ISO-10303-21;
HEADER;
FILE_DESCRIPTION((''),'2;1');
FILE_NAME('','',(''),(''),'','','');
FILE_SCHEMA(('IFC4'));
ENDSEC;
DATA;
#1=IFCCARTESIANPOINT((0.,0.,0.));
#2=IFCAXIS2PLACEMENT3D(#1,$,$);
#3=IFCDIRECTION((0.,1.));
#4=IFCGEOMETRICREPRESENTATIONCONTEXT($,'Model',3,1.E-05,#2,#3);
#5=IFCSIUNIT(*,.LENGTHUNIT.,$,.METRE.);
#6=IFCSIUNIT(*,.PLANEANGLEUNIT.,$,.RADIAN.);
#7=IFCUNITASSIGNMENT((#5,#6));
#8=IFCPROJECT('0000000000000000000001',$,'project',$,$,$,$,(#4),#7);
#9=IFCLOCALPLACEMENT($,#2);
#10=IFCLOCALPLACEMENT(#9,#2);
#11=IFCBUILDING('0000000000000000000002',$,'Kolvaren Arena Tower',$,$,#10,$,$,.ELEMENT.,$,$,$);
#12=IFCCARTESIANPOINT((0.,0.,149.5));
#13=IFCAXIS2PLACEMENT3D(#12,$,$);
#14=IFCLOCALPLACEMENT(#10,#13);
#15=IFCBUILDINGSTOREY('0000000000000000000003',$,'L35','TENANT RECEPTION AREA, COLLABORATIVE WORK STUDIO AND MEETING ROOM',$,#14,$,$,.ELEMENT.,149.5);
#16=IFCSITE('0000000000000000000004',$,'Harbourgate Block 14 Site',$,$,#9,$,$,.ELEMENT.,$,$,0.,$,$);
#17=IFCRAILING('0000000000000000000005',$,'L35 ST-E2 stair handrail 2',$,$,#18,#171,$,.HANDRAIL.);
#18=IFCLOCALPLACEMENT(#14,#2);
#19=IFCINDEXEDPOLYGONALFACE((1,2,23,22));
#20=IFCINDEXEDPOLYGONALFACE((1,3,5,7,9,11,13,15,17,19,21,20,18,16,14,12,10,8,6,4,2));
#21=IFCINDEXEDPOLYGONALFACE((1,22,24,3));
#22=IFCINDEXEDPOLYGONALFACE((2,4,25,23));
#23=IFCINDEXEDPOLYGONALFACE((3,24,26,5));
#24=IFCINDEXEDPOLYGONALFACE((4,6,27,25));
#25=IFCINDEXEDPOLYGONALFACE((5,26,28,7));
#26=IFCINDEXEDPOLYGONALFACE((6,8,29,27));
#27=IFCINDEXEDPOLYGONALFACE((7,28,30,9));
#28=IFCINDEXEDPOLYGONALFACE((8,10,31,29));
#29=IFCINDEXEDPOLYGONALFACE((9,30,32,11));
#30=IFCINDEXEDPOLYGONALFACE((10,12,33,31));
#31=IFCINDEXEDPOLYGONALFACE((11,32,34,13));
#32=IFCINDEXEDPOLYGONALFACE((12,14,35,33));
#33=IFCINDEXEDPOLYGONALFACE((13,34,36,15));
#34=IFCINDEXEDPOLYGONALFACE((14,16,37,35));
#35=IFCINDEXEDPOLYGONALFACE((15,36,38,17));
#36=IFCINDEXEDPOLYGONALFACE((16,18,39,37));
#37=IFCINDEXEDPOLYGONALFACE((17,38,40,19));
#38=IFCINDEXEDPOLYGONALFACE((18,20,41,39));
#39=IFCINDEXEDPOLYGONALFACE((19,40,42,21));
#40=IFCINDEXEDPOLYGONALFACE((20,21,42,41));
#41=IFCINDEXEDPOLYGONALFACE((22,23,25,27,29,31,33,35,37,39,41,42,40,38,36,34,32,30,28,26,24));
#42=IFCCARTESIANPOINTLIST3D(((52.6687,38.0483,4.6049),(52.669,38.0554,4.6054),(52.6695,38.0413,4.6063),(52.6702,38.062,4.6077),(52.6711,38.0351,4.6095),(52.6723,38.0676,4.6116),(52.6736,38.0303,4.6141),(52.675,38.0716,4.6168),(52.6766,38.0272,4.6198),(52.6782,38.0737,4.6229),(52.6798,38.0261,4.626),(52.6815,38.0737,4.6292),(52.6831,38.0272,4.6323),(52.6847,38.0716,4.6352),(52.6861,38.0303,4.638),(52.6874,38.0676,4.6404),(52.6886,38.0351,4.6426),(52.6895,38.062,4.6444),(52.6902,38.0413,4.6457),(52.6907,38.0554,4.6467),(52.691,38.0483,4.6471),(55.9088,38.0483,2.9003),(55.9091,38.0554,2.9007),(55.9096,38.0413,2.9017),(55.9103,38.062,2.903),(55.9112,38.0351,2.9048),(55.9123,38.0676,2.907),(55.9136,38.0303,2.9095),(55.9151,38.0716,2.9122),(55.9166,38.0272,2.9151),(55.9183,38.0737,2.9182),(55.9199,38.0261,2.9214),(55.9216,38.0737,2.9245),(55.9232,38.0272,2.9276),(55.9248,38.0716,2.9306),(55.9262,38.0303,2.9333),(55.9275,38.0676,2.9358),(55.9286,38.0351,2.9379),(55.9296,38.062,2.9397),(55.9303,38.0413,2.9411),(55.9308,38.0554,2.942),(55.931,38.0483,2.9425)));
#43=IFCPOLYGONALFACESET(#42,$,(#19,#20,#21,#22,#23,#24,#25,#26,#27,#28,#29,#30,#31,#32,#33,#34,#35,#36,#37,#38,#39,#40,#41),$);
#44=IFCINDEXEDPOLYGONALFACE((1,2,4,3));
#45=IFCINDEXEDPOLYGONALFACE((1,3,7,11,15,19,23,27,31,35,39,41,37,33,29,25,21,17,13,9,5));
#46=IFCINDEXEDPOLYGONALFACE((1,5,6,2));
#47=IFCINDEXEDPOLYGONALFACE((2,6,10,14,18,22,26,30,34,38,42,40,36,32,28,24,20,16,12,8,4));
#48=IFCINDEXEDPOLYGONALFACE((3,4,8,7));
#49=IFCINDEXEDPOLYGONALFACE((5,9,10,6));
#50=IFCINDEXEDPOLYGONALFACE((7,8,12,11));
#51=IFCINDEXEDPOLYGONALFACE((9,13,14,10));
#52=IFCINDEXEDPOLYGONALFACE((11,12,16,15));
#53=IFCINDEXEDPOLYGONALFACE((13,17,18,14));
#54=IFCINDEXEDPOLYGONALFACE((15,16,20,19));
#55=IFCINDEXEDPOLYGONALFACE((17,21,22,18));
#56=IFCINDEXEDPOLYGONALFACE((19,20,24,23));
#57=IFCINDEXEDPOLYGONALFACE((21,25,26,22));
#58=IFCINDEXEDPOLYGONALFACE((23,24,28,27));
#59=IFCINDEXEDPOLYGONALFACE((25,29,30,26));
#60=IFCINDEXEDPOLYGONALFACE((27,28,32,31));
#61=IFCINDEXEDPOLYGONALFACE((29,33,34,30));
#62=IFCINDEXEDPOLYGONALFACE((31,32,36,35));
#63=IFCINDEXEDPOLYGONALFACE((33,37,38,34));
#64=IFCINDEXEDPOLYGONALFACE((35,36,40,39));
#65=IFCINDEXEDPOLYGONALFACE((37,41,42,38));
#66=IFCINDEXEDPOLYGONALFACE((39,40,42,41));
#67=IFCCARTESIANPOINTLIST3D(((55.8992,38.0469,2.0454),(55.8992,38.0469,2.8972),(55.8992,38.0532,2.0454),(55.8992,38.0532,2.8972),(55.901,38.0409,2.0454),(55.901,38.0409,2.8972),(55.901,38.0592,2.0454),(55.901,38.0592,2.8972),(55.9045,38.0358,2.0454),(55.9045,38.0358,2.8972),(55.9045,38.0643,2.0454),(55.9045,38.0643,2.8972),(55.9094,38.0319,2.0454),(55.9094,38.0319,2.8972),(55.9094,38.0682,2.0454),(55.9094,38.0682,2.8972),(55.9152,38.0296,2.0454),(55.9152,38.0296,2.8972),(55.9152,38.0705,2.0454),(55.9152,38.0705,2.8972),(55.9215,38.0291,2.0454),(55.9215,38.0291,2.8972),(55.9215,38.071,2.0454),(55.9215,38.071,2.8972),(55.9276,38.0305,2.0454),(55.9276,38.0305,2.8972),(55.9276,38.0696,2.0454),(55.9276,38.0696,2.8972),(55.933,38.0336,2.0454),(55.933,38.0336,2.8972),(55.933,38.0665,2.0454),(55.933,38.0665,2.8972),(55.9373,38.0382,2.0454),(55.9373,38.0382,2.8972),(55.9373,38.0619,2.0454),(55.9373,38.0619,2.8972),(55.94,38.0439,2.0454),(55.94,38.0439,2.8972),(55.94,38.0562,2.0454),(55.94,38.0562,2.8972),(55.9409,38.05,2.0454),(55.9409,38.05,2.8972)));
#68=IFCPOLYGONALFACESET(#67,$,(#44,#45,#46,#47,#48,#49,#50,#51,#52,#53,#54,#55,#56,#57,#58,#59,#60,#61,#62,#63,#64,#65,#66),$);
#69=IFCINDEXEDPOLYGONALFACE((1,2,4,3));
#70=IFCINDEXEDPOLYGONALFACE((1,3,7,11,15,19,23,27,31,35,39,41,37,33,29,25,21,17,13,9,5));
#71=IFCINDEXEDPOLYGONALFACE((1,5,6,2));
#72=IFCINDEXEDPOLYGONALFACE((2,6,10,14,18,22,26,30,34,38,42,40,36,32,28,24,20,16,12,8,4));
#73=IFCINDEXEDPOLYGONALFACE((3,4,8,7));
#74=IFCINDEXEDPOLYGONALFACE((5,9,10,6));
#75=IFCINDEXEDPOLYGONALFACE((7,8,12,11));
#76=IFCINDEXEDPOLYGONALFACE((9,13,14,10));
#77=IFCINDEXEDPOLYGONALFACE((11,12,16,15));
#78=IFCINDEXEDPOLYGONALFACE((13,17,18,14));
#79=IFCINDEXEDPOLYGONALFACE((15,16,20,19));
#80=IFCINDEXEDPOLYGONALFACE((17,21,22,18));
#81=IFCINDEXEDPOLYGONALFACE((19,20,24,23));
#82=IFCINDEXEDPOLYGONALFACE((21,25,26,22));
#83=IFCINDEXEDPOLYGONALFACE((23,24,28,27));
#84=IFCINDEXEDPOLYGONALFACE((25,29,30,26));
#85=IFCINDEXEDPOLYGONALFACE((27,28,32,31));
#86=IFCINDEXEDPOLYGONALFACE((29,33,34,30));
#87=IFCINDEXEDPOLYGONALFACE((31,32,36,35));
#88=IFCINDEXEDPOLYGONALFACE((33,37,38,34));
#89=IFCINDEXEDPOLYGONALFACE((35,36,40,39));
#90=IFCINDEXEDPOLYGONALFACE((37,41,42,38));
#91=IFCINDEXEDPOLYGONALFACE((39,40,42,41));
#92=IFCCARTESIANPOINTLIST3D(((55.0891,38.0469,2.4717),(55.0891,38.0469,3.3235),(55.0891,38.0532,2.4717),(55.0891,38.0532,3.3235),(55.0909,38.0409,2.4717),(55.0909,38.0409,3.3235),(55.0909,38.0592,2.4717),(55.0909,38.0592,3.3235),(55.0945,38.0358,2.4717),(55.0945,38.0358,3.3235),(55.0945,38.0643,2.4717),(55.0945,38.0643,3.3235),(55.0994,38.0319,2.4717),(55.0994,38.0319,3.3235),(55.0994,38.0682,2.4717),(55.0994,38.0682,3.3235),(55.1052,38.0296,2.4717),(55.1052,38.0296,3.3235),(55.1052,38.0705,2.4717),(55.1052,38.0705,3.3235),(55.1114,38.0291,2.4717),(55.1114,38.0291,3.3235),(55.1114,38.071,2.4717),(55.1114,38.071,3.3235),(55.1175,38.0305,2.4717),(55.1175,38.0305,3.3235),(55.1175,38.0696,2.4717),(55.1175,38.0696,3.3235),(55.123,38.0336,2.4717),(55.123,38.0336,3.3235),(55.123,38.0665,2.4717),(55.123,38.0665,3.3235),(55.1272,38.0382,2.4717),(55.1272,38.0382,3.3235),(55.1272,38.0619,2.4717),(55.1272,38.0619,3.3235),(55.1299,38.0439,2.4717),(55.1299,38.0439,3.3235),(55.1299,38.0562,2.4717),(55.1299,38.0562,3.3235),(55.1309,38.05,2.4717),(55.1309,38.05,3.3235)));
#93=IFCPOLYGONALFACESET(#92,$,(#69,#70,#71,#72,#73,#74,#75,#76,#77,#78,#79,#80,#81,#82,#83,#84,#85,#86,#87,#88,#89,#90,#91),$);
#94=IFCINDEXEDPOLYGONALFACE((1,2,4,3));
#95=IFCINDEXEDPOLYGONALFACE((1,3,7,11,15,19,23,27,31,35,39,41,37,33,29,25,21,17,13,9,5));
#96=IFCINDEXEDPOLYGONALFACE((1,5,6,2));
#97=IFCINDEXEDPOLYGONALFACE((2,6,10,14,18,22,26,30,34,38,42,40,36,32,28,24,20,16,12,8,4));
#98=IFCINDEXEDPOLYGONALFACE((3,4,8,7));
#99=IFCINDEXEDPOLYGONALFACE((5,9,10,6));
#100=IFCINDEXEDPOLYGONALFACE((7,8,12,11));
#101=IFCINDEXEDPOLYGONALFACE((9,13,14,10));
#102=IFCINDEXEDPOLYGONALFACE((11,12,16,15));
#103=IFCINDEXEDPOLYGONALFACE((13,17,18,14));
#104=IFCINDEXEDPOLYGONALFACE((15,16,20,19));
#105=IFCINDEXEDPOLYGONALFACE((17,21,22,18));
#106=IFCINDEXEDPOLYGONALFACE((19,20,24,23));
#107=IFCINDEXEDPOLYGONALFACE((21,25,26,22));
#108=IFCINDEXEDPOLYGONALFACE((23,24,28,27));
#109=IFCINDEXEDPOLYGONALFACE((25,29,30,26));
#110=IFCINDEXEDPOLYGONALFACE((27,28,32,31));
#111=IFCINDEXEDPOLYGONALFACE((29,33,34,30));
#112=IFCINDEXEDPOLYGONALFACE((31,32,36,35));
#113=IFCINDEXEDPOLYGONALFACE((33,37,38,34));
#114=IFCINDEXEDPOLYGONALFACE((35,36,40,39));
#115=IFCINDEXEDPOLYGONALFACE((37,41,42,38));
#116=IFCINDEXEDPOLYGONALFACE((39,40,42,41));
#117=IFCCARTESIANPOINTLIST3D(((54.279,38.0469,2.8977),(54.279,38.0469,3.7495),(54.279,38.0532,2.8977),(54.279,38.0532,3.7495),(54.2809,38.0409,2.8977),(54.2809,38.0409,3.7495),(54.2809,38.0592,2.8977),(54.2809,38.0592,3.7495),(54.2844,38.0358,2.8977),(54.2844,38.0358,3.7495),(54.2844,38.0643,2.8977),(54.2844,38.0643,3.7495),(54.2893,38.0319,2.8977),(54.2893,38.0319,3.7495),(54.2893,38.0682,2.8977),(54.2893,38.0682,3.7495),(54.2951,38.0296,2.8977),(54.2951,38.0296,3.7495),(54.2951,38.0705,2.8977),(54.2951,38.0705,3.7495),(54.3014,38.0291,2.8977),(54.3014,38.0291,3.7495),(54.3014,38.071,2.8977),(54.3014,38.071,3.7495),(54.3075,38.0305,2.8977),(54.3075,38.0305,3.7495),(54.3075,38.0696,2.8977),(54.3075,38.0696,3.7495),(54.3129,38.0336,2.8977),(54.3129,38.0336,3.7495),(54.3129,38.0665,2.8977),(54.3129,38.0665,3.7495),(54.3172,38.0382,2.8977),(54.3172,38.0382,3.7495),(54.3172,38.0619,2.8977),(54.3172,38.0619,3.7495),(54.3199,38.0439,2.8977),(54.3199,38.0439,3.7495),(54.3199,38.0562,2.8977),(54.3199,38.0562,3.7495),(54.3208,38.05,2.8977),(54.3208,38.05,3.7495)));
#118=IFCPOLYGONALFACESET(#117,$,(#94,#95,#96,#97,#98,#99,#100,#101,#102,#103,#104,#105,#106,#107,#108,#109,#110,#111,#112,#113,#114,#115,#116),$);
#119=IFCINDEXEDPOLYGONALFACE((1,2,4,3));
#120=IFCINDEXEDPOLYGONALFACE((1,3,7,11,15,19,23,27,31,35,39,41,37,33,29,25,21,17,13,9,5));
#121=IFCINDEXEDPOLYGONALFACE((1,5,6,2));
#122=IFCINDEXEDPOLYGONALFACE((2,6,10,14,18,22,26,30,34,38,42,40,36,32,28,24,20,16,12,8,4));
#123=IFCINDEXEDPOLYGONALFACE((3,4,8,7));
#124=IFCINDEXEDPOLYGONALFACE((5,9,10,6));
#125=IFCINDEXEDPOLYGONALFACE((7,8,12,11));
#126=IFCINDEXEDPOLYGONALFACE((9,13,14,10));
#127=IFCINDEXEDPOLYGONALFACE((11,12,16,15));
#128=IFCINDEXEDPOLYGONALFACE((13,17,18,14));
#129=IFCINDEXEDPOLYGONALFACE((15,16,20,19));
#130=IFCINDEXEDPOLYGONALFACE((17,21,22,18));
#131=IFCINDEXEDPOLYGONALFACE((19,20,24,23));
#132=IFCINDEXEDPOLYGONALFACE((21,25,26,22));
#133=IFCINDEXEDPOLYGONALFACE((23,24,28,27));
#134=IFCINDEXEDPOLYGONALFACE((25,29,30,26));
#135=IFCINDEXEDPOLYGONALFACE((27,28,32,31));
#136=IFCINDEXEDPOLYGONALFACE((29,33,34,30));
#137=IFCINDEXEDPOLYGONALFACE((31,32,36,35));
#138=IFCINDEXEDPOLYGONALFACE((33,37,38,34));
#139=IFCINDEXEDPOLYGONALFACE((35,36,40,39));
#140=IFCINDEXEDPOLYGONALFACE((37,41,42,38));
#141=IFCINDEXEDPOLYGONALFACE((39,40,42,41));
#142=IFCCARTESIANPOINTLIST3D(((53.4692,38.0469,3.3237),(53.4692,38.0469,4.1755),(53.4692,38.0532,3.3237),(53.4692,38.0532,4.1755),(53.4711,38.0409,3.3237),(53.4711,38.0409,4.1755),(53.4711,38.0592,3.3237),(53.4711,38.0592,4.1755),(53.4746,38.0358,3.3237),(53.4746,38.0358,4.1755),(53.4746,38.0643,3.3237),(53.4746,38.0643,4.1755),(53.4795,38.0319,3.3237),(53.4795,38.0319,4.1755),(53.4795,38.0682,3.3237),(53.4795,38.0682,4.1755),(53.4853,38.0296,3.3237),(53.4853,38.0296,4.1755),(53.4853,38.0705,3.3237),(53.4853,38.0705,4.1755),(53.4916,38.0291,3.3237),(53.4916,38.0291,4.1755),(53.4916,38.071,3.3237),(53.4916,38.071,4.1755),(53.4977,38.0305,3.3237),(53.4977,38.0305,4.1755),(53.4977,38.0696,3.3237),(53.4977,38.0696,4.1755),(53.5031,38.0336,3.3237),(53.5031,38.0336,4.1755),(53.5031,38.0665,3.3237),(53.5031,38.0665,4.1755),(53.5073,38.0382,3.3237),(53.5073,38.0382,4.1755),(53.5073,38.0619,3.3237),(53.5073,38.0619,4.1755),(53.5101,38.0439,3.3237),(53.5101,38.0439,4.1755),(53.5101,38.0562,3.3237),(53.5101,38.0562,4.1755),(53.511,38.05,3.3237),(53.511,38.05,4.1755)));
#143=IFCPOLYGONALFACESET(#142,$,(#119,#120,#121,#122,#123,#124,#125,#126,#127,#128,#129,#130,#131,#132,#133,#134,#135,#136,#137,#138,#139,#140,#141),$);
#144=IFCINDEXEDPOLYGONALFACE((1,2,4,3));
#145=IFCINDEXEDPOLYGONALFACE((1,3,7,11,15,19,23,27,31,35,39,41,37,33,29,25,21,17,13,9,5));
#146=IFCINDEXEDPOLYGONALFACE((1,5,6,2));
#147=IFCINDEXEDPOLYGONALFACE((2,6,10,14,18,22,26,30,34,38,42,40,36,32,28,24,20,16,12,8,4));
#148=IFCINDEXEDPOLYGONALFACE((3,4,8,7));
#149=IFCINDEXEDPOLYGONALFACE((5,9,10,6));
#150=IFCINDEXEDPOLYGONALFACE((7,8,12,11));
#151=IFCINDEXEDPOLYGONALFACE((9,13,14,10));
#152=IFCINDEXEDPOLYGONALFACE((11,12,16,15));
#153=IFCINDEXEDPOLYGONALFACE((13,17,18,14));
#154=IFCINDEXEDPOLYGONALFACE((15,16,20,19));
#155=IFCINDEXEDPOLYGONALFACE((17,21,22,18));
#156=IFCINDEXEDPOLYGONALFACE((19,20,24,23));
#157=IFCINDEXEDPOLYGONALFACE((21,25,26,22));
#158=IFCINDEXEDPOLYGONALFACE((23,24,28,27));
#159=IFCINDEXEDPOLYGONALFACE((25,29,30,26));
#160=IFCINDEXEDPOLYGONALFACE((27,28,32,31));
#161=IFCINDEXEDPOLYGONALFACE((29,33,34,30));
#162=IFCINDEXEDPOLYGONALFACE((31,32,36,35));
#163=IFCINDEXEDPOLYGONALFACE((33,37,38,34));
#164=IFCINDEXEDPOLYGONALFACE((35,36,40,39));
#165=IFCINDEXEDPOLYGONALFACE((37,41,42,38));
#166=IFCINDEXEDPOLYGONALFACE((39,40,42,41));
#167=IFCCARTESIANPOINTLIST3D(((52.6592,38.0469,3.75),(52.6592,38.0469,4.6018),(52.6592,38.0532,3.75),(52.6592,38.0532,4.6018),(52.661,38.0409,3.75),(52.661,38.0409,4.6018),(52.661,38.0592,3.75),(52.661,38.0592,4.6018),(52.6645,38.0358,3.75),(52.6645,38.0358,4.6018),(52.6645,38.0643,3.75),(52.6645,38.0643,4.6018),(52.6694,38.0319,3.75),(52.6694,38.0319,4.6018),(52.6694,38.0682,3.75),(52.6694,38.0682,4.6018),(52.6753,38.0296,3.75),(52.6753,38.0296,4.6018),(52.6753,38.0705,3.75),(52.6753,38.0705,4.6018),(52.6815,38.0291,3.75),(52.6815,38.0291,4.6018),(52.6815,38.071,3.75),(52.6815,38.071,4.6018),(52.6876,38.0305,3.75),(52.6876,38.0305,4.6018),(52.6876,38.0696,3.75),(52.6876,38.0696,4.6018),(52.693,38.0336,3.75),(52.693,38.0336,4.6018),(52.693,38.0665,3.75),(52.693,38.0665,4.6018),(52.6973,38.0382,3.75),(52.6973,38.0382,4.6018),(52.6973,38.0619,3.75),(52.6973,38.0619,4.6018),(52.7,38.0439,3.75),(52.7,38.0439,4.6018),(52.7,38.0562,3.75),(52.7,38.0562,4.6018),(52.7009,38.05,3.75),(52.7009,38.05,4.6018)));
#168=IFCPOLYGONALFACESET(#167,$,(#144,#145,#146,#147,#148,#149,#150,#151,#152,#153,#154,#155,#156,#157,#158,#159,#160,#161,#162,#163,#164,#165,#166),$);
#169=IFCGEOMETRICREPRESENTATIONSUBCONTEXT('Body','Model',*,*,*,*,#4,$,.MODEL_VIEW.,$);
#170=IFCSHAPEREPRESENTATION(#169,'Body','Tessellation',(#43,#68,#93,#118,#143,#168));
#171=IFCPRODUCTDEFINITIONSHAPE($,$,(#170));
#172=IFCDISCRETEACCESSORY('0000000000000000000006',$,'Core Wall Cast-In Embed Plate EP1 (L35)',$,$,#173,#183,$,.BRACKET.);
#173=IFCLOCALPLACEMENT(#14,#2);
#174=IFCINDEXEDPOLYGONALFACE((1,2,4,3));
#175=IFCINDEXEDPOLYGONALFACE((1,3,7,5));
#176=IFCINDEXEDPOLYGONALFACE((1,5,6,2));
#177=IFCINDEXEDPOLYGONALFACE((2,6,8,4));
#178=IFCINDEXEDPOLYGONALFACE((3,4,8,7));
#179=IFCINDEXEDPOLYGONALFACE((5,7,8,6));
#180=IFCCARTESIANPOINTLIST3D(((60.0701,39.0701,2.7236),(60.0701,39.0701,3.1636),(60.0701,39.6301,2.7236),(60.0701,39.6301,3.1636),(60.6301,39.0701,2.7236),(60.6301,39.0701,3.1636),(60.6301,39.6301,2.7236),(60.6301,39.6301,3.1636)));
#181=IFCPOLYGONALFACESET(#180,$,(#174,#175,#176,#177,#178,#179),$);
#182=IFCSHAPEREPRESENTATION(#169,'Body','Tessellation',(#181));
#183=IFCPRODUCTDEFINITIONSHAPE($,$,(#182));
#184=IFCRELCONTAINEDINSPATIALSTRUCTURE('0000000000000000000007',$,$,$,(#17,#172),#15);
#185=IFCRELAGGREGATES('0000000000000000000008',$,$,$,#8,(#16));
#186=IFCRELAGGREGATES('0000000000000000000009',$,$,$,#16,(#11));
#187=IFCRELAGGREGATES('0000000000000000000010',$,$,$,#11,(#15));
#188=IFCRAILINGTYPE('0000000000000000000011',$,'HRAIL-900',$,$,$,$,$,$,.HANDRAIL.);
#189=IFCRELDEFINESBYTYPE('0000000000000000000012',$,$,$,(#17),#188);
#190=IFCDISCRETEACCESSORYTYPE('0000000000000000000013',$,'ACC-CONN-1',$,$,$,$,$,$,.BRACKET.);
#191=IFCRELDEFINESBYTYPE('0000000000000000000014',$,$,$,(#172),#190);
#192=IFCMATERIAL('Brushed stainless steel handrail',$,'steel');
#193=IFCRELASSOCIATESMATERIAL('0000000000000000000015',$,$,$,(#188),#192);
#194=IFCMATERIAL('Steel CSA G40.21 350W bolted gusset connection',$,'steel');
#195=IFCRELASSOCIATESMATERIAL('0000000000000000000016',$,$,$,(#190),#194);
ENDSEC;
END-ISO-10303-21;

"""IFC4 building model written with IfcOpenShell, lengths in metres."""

from ifc_helpers import new_model, si_unit, direction, frame, origin, origin_2d, place, context, subcontext, project, spatial, rectangle, circle, extrude, material, type_object, element, save


model = new_model("IFC4")

# Units and contexts
model_context = context("Model", 3, precision=1e-05, world=origin(), true_north=direction((0.0, 1.0)))
body_context = subcontext(model_context, "Body", "Model", "MODEL_VIEW")
ifc_project = project(units=[si_unit("LENGTHUNIT", "METRE"), si_unit("PLANEANGLEUNIT", "RADIAN")], contexts=[model_context])

# Site, building, storey
site_placement = place(None, origin())
site = spatial("IfcSite", under=ifc_project, at=site_placement, Name="Harbourgate Block 14 Site", CompositionType="ELEMENT", RefElevation=0.0)
building_placement = place(site_placement, origin())
building = spatial("IfcBuilding", under=site, at=building_placement, Name="Kolvaren Arena Tower", CompositionType="ELEMENT")
storey_placement = place(building_placement, frame((0.0, 0.0, 149.5)))
storey = spatial("IfcBuildingStorey", under=building, at=storey_placement, Name="L35", Description="TENANT RECEPTION AREA, COLLABORATIVE WORK STUDIO AND MEETING ROOM", CompositionType="ELEMENT", Elevation=149.5)

# Railing
ifc_material_1 = material(Name="Brushed stainless steel handrail", Category="steel")
railing_type_1 = type_object("IfcRailingType", Name="HRAIL-900", PredefinedType="HANDRAIL", material=ifc_material_1)
for number, where, name in (
    (1, (55.9199, 38.05, 2.0454), "L35 ST-E2 stair handrail 2"),
):
    element("IfcRailing", number, at=place(storey_placement, frame(where)), inside=storey, type_object=railing_type_1, Name=name, PredefinedType="HANDRAIL", context=body_context, shape_type="SweptSolid", body=[
        extrude(circle(Radius=0.0239, at=origin_2d()), frame((0.0, 0.0, 0.876), z_axis=(-0.884993, 0.0, 0.465604), x_axis=(0.0, -1.0, 0.0)), (0.0, 0.0, 1.0), 3.6611),
        extrude(circle(Radius=0.021, at=origin_2d()), origin(), (0.0, 0.0, 1.0), 0.8518),
        extrude(circle(Radius=0.021, at=origin_2d()), frame((-0.8101, 0.0, 0.4263)), (0.0, 0.0, 1.0), 0.8518),
        extrude(circle(Radius=0.021, at=origin_2d()), frame((-1.6201, 0.0, 0.8523)), (0.0, 0.0, 1.0), 0.8518),
        extrude(circle(Radius=0.021, at=origin_2d()), frame((-2.4299, 0.0, 1.2783)), (0.0, 0.0, 1.0), 0.8518),
        extrude(circle(Radius=0.021, at=origin_2d()), frame((-3.24, 0.0, 1.7046)), (0.0, 0.0, 1.0), 0.8518),
    ])

# Discrete accessory
ifc_material_2 = material(Name="Steel CSA G40.21 350W bolted gusset connection", Category="steel")
discrete_accessory_type = type_object("IfcDiscreteAccessoryType", Name="ACC-CONN-1", PredefinedType="BRACKET", material=ifc_material_2)
discrete_accessory_placement = place(storey_placement, frame((60.3501, 39.3501, 2.7236), z_axis=(0.0, 0.0, 1.0), x_axis=(1.0, 0.0, 0.0)))
element("IfcDiscreteAccessory", 2, at=discrete_accessory_placement, inside=storey, type_object=discrete_accessory_type, Name="Core Wall Cast-In Embed Plate EP1 (L35)", PredefinedType="BRACKET", context=body_context, shape_type="SweptSolid", body=[
    extrude(rectangle(XDim=0.5601, YDim=0.5601, at=origin_2d()), origin(), (0.0, 0.0, 1.0), 0.4399),
])

save(model, "model.ifc")
